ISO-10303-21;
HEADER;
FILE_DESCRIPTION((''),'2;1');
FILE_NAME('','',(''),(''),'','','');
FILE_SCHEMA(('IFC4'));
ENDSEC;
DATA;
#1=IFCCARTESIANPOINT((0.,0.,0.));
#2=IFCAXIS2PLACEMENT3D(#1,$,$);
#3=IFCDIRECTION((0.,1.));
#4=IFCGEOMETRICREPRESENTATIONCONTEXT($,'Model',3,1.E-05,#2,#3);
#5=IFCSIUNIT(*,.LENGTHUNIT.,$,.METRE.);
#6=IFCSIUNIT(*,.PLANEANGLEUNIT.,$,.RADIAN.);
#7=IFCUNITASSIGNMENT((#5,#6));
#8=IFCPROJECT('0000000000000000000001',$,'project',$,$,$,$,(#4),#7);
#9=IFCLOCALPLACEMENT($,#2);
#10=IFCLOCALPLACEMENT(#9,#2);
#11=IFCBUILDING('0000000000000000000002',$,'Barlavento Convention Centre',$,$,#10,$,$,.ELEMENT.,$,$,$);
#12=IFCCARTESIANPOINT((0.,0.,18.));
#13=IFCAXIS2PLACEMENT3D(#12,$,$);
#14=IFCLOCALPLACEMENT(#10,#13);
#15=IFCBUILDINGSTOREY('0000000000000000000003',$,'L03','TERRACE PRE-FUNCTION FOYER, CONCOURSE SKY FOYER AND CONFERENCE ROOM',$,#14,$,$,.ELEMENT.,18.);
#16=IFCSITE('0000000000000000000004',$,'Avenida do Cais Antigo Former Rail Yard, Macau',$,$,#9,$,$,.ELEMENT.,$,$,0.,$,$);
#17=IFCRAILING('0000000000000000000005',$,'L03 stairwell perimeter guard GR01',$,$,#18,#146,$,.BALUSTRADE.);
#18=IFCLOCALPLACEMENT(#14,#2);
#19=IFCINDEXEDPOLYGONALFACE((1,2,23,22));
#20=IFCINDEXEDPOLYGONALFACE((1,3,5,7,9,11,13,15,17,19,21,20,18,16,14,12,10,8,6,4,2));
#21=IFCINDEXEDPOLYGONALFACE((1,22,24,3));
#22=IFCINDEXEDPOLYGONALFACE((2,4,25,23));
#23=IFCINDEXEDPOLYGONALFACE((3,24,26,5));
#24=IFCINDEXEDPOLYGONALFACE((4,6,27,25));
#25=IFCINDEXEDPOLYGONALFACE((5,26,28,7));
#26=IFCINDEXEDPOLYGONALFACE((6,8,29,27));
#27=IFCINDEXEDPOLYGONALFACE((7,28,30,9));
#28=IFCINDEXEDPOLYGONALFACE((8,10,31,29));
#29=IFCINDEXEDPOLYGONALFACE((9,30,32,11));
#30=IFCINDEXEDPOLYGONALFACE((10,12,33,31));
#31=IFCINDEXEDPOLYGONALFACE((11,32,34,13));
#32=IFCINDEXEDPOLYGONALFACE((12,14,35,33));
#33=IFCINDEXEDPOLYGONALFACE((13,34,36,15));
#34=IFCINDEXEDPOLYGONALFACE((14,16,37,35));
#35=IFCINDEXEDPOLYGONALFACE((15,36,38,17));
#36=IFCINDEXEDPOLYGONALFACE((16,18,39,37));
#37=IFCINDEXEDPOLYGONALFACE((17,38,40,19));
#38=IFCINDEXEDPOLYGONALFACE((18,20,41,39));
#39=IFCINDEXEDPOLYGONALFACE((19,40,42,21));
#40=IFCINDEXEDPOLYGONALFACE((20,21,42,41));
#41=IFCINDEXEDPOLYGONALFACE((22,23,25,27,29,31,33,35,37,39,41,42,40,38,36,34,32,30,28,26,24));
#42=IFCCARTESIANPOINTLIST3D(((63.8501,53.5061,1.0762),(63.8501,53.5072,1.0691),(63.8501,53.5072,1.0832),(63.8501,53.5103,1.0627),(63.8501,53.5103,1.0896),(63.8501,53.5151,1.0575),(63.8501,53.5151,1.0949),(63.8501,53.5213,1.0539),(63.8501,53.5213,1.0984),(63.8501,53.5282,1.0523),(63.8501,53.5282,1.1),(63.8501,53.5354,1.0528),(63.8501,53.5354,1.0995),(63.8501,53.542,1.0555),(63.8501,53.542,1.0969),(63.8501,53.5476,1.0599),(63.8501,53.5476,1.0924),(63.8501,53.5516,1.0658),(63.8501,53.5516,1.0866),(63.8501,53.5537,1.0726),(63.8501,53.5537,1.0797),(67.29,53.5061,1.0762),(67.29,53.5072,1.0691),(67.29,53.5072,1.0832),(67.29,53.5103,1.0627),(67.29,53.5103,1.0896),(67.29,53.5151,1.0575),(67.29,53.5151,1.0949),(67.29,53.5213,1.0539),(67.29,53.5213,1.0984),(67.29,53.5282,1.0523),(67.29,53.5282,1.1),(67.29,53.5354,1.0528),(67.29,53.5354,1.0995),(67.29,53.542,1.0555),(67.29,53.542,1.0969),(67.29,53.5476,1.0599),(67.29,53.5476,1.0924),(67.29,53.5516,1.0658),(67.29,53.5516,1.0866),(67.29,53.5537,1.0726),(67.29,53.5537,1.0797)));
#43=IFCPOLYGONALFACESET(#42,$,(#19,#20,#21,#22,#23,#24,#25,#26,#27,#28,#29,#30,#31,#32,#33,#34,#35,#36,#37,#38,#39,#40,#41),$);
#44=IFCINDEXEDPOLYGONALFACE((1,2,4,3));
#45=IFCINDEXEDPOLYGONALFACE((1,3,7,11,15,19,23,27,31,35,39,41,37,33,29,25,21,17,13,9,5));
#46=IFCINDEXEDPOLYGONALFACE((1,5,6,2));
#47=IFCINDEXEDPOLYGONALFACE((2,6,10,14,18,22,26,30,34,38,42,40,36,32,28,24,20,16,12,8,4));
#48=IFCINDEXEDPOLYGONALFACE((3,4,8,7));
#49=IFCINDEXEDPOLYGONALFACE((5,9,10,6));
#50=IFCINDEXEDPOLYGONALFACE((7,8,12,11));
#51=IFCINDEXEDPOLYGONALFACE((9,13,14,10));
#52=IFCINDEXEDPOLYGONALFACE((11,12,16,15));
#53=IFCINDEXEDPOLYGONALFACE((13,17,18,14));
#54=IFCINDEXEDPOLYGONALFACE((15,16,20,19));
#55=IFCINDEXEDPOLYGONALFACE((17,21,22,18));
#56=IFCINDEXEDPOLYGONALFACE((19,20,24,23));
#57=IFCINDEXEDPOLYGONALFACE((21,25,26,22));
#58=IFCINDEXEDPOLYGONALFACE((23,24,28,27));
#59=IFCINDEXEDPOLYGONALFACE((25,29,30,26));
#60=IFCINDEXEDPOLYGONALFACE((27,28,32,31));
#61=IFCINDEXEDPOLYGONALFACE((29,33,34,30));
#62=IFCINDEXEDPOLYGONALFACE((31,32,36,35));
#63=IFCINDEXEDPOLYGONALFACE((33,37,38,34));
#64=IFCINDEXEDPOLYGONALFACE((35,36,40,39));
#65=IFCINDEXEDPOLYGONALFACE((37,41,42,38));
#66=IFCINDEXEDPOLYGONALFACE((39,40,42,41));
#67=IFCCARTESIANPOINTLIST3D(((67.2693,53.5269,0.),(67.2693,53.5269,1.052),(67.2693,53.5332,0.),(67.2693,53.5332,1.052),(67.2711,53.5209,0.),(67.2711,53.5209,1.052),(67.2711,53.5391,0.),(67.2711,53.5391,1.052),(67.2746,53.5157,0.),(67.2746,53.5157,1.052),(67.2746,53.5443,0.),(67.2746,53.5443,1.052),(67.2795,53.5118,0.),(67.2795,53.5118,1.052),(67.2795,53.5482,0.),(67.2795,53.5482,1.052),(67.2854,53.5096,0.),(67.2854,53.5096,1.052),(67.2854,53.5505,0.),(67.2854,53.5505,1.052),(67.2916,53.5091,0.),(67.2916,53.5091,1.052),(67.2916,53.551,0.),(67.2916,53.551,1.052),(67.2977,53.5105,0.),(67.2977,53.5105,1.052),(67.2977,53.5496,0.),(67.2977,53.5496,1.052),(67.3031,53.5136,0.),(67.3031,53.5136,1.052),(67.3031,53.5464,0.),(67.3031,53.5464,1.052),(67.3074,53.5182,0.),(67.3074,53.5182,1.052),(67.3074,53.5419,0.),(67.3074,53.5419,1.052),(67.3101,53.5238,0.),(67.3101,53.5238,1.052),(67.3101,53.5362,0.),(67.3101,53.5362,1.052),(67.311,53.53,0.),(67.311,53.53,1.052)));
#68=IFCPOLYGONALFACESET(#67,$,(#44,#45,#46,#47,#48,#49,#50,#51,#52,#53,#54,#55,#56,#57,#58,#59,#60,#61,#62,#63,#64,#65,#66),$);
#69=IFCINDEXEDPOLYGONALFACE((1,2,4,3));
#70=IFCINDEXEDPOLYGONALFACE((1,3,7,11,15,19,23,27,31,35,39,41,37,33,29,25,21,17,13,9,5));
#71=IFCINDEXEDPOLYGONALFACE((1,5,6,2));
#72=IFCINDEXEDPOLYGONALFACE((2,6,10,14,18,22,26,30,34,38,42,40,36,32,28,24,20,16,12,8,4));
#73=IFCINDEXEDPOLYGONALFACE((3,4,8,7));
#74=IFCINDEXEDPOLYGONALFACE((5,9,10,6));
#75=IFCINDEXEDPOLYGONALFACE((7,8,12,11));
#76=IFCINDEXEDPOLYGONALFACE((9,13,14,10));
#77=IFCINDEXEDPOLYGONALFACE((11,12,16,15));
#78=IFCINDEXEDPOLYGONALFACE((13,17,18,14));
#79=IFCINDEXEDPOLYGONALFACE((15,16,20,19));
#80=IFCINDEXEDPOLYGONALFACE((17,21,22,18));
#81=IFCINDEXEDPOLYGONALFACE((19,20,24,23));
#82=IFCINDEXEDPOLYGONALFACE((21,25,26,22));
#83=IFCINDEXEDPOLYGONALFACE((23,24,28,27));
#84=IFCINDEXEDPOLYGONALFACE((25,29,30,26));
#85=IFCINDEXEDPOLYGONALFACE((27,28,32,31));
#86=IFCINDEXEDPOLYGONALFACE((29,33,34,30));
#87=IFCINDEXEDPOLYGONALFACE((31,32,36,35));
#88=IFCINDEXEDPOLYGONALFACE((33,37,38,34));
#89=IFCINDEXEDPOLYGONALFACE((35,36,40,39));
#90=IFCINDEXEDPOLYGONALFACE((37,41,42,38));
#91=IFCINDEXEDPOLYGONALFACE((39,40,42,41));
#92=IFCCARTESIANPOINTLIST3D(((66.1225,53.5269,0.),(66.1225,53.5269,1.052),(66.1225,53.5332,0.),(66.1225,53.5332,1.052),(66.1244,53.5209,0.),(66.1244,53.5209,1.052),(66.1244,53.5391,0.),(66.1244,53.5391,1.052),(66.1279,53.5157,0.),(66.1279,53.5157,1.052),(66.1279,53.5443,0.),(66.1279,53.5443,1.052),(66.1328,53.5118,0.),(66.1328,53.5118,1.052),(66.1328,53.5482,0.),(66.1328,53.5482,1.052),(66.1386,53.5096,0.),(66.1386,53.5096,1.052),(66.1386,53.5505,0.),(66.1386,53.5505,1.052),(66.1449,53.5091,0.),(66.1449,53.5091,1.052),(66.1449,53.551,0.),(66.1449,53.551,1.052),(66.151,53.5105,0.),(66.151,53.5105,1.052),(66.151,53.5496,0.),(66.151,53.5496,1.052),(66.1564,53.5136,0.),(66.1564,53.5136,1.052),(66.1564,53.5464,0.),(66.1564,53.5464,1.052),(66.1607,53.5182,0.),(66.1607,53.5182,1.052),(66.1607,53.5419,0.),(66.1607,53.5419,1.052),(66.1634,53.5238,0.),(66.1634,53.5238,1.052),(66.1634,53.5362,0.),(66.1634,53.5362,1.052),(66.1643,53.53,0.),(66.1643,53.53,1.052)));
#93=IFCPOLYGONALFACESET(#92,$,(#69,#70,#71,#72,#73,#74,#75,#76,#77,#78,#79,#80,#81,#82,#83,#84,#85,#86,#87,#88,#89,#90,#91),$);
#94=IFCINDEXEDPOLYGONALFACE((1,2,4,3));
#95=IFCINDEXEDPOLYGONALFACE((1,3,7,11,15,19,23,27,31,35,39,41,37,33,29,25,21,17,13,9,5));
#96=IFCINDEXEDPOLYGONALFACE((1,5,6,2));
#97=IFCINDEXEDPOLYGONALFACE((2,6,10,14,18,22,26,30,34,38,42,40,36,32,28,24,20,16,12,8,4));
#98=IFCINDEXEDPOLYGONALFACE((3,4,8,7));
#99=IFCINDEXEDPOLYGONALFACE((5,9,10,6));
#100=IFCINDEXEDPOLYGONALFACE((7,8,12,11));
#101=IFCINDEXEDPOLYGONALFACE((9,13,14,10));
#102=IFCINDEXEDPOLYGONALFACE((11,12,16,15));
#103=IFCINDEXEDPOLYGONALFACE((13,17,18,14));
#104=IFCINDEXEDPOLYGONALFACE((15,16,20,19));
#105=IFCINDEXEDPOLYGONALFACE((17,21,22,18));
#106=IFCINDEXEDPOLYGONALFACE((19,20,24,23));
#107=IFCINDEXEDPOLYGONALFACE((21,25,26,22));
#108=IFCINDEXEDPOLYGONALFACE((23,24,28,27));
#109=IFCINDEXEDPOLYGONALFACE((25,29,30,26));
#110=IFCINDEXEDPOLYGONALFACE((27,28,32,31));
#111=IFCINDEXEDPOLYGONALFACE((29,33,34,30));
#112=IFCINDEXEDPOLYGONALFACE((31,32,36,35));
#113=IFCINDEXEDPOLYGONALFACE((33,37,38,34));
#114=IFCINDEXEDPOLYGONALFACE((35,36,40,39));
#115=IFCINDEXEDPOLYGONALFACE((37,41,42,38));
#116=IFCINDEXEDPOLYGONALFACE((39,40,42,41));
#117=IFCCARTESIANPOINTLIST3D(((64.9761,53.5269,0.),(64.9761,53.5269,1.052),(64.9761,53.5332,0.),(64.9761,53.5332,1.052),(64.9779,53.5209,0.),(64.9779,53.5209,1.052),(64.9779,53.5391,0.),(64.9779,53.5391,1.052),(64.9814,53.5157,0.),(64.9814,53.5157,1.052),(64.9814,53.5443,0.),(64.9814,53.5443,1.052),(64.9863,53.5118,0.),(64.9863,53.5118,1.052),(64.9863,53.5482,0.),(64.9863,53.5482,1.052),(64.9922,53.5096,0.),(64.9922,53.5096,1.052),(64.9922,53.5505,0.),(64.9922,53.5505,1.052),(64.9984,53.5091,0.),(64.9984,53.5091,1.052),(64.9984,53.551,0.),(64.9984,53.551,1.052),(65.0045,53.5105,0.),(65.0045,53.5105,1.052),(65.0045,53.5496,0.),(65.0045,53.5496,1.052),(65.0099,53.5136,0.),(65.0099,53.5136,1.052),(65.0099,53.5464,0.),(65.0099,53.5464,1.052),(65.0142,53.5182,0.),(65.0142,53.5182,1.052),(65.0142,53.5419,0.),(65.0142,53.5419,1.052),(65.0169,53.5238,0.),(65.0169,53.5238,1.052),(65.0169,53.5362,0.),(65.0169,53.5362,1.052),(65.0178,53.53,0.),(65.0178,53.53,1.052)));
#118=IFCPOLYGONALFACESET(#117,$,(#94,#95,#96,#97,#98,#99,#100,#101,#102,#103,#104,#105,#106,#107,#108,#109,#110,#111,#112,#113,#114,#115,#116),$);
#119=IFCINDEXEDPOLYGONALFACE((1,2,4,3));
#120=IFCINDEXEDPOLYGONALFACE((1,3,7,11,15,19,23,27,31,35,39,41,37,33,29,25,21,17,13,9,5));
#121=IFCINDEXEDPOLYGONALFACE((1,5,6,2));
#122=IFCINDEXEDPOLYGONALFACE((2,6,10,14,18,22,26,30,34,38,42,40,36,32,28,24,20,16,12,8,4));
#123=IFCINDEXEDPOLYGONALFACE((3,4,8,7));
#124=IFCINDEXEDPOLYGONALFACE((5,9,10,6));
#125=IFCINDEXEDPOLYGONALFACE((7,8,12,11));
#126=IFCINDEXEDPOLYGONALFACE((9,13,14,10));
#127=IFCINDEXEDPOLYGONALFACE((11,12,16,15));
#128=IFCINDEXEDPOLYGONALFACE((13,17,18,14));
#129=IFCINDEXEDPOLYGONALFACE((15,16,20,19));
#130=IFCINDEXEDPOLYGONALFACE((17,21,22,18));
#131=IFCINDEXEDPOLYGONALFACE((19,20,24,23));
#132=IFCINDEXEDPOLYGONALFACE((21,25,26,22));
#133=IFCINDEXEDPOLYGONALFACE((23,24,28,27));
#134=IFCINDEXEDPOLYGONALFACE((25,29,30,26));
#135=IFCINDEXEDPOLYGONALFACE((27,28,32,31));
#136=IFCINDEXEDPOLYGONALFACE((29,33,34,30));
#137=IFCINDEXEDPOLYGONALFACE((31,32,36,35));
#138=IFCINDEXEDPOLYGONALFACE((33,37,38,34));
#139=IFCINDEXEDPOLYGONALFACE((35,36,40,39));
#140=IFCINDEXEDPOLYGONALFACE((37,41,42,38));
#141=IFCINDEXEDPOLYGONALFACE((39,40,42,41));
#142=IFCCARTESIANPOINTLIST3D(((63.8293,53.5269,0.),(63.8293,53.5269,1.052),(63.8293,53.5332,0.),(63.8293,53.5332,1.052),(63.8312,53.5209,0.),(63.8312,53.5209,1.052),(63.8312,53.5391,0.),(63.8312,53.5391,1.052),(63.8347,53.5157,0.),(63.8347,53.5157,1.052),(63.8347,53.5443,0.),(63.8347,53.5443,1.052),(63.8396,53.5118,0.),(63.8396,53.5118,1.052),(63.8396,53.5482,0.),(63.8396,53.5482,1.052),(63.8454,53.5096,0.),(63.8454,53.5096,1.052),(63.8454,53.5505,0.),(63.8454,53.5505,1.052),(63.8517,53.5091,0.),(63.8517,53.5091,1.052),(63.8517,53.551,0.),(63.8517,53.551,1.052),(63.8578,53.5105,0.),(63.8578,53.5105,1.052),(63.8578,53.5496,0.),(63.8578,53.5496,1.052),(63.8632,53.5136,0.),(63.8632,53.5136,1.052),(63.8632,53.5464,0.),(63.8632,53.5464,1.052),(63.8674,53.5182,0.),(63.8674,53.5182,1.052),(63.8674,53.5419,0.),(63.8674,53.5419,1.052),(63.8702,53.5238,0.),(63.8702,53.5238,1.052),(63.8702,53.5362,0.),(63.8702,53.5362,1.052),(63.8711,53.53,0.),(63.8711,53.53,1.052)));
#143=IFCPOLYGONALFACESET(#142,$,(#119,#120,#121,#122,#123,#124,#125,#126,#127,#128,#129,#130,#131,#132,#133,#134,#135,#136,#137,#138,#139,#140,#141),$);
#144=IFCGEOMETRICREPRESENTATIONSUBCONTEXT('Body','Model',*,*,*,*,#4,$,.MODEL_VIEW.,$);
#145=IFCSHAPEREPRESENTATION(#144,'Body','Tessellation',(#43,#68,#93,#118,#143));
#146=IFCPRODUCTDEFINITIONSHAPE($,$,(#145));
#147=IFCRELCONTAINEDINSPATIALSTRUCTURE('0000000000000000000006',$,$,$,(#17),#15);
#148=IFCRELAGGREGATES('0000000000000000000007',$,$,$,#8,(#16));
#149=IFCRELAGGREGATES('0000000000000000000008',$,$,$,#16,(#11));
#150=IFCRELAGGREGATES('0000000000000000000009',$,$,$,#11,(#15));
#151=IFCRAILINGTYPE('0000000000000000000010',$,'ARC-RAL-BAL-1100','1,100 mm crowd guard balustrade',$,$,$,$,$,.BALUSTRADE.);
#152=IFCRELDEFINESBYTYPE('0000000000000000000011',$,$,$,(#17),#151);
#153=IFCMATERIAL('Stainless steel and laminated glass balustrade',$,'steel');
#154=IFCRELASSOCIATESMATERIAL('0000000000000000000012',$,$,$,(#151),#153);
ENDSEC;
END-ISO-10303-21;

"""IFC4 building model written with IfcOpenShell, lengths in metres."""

from ifc_helpers import new_model, si_unit, direction, frame, origin, origin_2d, place, context, subcontext, project, spatial, circle, extrude, material, type_object, element, save


model = new_model("IFC4")

# Units and contexts
model_context = context("Model", 3, precision=1e-05, world=origin(), true_north=direction((0.0, 1.0)))
body_context = subcontext(model_context, "Body", "Model", "MODEL_VIEW")
ifc_project = project(units=[si_unit("LENGTHUNIT", "METRE"), si_unit("PLANEANGLEUNIT", "RADIAN")], contexts=[model_context])

# Site, building, storey
site_placement = place(None, origin())
site = spatial("IfcSite", under=ifc_project, at=site_placement, Name="Avenida do Cais Antigo Former Rail Yard, Macau", CompositionType="ELEMENT", RefElevation=0.0)
building_placement = place(site_placement, origin())
building = spatial("IfcBuilding", under=site, at=building_placement, Name="Barlavento Convention Centre", CompositionType="ELEMENT")
storey_placement = place(building_placement, frame((0.0, 0.0, 18.0)))
storey = spatial("IfcBuildingStorey", under=building, at=storey_placement, Name="L03", Description="TERRACE PRE-FUNCTION FOYER, CONCOURSE SKY FOYER AND CONFERENCE ROOM", CompositionType="ELEMENT", Elevation=18.0)

# Railing
ifc_material_1 = material(Name="Stainless steel and laminated glass balustrade", Category="steel")
railing_type = type_object("IfcRailingType", Name="ARC-RAL-BAL-1100", Description="1,100 mm crowd guard balustrade", PredefinedType="BALUSTRADE", material=ifc_material_1)
railing_1_placement = place(storey_placement, frame((67.29, 53.53, 0.0)))
element("IfcRailing", 1, at=railing_1_placement, inside=storey, type_object=railing_type, Name="L03 stairwell perimeter guard GR01", PredefinedType="BALUSTRADE", context=body_context, shape_type="SweptSolid", body=[
    extrude(circle(Radius=0.0239, at=origin_2d()), frame((0.0, 0.0, 1.0762), z_axis=(-1.0, 0.0, 0.0), x_axis=(0.0, -1.0, 0.0)), (0.0, 0.0, 1.0), 3.4399),
    extrude(circle(Radius=0.021, at=origin_2d()), origin(), (0.0, 0.0, 1.0), 1.052),
    extrude(circle(Radius=0.021, at=origin_2d()), frame((-1.1467, 0.0, 0.0)), (0.0, 0.0, 1.0), 1.052),
    extrude(circle(Radius=0.021, at=origin_2d()), frame((-2.2932, 0.0, 0.0)), (0.0, 0.0, 1.0), 1.052),
    extrude(circle(Radius=0.021, at=origin_2d()), frame((-3.4399, 0.0, 0.0)), (0.0, 0.0, 1.0), 1.052),
])

save(model, "model.ifc")
